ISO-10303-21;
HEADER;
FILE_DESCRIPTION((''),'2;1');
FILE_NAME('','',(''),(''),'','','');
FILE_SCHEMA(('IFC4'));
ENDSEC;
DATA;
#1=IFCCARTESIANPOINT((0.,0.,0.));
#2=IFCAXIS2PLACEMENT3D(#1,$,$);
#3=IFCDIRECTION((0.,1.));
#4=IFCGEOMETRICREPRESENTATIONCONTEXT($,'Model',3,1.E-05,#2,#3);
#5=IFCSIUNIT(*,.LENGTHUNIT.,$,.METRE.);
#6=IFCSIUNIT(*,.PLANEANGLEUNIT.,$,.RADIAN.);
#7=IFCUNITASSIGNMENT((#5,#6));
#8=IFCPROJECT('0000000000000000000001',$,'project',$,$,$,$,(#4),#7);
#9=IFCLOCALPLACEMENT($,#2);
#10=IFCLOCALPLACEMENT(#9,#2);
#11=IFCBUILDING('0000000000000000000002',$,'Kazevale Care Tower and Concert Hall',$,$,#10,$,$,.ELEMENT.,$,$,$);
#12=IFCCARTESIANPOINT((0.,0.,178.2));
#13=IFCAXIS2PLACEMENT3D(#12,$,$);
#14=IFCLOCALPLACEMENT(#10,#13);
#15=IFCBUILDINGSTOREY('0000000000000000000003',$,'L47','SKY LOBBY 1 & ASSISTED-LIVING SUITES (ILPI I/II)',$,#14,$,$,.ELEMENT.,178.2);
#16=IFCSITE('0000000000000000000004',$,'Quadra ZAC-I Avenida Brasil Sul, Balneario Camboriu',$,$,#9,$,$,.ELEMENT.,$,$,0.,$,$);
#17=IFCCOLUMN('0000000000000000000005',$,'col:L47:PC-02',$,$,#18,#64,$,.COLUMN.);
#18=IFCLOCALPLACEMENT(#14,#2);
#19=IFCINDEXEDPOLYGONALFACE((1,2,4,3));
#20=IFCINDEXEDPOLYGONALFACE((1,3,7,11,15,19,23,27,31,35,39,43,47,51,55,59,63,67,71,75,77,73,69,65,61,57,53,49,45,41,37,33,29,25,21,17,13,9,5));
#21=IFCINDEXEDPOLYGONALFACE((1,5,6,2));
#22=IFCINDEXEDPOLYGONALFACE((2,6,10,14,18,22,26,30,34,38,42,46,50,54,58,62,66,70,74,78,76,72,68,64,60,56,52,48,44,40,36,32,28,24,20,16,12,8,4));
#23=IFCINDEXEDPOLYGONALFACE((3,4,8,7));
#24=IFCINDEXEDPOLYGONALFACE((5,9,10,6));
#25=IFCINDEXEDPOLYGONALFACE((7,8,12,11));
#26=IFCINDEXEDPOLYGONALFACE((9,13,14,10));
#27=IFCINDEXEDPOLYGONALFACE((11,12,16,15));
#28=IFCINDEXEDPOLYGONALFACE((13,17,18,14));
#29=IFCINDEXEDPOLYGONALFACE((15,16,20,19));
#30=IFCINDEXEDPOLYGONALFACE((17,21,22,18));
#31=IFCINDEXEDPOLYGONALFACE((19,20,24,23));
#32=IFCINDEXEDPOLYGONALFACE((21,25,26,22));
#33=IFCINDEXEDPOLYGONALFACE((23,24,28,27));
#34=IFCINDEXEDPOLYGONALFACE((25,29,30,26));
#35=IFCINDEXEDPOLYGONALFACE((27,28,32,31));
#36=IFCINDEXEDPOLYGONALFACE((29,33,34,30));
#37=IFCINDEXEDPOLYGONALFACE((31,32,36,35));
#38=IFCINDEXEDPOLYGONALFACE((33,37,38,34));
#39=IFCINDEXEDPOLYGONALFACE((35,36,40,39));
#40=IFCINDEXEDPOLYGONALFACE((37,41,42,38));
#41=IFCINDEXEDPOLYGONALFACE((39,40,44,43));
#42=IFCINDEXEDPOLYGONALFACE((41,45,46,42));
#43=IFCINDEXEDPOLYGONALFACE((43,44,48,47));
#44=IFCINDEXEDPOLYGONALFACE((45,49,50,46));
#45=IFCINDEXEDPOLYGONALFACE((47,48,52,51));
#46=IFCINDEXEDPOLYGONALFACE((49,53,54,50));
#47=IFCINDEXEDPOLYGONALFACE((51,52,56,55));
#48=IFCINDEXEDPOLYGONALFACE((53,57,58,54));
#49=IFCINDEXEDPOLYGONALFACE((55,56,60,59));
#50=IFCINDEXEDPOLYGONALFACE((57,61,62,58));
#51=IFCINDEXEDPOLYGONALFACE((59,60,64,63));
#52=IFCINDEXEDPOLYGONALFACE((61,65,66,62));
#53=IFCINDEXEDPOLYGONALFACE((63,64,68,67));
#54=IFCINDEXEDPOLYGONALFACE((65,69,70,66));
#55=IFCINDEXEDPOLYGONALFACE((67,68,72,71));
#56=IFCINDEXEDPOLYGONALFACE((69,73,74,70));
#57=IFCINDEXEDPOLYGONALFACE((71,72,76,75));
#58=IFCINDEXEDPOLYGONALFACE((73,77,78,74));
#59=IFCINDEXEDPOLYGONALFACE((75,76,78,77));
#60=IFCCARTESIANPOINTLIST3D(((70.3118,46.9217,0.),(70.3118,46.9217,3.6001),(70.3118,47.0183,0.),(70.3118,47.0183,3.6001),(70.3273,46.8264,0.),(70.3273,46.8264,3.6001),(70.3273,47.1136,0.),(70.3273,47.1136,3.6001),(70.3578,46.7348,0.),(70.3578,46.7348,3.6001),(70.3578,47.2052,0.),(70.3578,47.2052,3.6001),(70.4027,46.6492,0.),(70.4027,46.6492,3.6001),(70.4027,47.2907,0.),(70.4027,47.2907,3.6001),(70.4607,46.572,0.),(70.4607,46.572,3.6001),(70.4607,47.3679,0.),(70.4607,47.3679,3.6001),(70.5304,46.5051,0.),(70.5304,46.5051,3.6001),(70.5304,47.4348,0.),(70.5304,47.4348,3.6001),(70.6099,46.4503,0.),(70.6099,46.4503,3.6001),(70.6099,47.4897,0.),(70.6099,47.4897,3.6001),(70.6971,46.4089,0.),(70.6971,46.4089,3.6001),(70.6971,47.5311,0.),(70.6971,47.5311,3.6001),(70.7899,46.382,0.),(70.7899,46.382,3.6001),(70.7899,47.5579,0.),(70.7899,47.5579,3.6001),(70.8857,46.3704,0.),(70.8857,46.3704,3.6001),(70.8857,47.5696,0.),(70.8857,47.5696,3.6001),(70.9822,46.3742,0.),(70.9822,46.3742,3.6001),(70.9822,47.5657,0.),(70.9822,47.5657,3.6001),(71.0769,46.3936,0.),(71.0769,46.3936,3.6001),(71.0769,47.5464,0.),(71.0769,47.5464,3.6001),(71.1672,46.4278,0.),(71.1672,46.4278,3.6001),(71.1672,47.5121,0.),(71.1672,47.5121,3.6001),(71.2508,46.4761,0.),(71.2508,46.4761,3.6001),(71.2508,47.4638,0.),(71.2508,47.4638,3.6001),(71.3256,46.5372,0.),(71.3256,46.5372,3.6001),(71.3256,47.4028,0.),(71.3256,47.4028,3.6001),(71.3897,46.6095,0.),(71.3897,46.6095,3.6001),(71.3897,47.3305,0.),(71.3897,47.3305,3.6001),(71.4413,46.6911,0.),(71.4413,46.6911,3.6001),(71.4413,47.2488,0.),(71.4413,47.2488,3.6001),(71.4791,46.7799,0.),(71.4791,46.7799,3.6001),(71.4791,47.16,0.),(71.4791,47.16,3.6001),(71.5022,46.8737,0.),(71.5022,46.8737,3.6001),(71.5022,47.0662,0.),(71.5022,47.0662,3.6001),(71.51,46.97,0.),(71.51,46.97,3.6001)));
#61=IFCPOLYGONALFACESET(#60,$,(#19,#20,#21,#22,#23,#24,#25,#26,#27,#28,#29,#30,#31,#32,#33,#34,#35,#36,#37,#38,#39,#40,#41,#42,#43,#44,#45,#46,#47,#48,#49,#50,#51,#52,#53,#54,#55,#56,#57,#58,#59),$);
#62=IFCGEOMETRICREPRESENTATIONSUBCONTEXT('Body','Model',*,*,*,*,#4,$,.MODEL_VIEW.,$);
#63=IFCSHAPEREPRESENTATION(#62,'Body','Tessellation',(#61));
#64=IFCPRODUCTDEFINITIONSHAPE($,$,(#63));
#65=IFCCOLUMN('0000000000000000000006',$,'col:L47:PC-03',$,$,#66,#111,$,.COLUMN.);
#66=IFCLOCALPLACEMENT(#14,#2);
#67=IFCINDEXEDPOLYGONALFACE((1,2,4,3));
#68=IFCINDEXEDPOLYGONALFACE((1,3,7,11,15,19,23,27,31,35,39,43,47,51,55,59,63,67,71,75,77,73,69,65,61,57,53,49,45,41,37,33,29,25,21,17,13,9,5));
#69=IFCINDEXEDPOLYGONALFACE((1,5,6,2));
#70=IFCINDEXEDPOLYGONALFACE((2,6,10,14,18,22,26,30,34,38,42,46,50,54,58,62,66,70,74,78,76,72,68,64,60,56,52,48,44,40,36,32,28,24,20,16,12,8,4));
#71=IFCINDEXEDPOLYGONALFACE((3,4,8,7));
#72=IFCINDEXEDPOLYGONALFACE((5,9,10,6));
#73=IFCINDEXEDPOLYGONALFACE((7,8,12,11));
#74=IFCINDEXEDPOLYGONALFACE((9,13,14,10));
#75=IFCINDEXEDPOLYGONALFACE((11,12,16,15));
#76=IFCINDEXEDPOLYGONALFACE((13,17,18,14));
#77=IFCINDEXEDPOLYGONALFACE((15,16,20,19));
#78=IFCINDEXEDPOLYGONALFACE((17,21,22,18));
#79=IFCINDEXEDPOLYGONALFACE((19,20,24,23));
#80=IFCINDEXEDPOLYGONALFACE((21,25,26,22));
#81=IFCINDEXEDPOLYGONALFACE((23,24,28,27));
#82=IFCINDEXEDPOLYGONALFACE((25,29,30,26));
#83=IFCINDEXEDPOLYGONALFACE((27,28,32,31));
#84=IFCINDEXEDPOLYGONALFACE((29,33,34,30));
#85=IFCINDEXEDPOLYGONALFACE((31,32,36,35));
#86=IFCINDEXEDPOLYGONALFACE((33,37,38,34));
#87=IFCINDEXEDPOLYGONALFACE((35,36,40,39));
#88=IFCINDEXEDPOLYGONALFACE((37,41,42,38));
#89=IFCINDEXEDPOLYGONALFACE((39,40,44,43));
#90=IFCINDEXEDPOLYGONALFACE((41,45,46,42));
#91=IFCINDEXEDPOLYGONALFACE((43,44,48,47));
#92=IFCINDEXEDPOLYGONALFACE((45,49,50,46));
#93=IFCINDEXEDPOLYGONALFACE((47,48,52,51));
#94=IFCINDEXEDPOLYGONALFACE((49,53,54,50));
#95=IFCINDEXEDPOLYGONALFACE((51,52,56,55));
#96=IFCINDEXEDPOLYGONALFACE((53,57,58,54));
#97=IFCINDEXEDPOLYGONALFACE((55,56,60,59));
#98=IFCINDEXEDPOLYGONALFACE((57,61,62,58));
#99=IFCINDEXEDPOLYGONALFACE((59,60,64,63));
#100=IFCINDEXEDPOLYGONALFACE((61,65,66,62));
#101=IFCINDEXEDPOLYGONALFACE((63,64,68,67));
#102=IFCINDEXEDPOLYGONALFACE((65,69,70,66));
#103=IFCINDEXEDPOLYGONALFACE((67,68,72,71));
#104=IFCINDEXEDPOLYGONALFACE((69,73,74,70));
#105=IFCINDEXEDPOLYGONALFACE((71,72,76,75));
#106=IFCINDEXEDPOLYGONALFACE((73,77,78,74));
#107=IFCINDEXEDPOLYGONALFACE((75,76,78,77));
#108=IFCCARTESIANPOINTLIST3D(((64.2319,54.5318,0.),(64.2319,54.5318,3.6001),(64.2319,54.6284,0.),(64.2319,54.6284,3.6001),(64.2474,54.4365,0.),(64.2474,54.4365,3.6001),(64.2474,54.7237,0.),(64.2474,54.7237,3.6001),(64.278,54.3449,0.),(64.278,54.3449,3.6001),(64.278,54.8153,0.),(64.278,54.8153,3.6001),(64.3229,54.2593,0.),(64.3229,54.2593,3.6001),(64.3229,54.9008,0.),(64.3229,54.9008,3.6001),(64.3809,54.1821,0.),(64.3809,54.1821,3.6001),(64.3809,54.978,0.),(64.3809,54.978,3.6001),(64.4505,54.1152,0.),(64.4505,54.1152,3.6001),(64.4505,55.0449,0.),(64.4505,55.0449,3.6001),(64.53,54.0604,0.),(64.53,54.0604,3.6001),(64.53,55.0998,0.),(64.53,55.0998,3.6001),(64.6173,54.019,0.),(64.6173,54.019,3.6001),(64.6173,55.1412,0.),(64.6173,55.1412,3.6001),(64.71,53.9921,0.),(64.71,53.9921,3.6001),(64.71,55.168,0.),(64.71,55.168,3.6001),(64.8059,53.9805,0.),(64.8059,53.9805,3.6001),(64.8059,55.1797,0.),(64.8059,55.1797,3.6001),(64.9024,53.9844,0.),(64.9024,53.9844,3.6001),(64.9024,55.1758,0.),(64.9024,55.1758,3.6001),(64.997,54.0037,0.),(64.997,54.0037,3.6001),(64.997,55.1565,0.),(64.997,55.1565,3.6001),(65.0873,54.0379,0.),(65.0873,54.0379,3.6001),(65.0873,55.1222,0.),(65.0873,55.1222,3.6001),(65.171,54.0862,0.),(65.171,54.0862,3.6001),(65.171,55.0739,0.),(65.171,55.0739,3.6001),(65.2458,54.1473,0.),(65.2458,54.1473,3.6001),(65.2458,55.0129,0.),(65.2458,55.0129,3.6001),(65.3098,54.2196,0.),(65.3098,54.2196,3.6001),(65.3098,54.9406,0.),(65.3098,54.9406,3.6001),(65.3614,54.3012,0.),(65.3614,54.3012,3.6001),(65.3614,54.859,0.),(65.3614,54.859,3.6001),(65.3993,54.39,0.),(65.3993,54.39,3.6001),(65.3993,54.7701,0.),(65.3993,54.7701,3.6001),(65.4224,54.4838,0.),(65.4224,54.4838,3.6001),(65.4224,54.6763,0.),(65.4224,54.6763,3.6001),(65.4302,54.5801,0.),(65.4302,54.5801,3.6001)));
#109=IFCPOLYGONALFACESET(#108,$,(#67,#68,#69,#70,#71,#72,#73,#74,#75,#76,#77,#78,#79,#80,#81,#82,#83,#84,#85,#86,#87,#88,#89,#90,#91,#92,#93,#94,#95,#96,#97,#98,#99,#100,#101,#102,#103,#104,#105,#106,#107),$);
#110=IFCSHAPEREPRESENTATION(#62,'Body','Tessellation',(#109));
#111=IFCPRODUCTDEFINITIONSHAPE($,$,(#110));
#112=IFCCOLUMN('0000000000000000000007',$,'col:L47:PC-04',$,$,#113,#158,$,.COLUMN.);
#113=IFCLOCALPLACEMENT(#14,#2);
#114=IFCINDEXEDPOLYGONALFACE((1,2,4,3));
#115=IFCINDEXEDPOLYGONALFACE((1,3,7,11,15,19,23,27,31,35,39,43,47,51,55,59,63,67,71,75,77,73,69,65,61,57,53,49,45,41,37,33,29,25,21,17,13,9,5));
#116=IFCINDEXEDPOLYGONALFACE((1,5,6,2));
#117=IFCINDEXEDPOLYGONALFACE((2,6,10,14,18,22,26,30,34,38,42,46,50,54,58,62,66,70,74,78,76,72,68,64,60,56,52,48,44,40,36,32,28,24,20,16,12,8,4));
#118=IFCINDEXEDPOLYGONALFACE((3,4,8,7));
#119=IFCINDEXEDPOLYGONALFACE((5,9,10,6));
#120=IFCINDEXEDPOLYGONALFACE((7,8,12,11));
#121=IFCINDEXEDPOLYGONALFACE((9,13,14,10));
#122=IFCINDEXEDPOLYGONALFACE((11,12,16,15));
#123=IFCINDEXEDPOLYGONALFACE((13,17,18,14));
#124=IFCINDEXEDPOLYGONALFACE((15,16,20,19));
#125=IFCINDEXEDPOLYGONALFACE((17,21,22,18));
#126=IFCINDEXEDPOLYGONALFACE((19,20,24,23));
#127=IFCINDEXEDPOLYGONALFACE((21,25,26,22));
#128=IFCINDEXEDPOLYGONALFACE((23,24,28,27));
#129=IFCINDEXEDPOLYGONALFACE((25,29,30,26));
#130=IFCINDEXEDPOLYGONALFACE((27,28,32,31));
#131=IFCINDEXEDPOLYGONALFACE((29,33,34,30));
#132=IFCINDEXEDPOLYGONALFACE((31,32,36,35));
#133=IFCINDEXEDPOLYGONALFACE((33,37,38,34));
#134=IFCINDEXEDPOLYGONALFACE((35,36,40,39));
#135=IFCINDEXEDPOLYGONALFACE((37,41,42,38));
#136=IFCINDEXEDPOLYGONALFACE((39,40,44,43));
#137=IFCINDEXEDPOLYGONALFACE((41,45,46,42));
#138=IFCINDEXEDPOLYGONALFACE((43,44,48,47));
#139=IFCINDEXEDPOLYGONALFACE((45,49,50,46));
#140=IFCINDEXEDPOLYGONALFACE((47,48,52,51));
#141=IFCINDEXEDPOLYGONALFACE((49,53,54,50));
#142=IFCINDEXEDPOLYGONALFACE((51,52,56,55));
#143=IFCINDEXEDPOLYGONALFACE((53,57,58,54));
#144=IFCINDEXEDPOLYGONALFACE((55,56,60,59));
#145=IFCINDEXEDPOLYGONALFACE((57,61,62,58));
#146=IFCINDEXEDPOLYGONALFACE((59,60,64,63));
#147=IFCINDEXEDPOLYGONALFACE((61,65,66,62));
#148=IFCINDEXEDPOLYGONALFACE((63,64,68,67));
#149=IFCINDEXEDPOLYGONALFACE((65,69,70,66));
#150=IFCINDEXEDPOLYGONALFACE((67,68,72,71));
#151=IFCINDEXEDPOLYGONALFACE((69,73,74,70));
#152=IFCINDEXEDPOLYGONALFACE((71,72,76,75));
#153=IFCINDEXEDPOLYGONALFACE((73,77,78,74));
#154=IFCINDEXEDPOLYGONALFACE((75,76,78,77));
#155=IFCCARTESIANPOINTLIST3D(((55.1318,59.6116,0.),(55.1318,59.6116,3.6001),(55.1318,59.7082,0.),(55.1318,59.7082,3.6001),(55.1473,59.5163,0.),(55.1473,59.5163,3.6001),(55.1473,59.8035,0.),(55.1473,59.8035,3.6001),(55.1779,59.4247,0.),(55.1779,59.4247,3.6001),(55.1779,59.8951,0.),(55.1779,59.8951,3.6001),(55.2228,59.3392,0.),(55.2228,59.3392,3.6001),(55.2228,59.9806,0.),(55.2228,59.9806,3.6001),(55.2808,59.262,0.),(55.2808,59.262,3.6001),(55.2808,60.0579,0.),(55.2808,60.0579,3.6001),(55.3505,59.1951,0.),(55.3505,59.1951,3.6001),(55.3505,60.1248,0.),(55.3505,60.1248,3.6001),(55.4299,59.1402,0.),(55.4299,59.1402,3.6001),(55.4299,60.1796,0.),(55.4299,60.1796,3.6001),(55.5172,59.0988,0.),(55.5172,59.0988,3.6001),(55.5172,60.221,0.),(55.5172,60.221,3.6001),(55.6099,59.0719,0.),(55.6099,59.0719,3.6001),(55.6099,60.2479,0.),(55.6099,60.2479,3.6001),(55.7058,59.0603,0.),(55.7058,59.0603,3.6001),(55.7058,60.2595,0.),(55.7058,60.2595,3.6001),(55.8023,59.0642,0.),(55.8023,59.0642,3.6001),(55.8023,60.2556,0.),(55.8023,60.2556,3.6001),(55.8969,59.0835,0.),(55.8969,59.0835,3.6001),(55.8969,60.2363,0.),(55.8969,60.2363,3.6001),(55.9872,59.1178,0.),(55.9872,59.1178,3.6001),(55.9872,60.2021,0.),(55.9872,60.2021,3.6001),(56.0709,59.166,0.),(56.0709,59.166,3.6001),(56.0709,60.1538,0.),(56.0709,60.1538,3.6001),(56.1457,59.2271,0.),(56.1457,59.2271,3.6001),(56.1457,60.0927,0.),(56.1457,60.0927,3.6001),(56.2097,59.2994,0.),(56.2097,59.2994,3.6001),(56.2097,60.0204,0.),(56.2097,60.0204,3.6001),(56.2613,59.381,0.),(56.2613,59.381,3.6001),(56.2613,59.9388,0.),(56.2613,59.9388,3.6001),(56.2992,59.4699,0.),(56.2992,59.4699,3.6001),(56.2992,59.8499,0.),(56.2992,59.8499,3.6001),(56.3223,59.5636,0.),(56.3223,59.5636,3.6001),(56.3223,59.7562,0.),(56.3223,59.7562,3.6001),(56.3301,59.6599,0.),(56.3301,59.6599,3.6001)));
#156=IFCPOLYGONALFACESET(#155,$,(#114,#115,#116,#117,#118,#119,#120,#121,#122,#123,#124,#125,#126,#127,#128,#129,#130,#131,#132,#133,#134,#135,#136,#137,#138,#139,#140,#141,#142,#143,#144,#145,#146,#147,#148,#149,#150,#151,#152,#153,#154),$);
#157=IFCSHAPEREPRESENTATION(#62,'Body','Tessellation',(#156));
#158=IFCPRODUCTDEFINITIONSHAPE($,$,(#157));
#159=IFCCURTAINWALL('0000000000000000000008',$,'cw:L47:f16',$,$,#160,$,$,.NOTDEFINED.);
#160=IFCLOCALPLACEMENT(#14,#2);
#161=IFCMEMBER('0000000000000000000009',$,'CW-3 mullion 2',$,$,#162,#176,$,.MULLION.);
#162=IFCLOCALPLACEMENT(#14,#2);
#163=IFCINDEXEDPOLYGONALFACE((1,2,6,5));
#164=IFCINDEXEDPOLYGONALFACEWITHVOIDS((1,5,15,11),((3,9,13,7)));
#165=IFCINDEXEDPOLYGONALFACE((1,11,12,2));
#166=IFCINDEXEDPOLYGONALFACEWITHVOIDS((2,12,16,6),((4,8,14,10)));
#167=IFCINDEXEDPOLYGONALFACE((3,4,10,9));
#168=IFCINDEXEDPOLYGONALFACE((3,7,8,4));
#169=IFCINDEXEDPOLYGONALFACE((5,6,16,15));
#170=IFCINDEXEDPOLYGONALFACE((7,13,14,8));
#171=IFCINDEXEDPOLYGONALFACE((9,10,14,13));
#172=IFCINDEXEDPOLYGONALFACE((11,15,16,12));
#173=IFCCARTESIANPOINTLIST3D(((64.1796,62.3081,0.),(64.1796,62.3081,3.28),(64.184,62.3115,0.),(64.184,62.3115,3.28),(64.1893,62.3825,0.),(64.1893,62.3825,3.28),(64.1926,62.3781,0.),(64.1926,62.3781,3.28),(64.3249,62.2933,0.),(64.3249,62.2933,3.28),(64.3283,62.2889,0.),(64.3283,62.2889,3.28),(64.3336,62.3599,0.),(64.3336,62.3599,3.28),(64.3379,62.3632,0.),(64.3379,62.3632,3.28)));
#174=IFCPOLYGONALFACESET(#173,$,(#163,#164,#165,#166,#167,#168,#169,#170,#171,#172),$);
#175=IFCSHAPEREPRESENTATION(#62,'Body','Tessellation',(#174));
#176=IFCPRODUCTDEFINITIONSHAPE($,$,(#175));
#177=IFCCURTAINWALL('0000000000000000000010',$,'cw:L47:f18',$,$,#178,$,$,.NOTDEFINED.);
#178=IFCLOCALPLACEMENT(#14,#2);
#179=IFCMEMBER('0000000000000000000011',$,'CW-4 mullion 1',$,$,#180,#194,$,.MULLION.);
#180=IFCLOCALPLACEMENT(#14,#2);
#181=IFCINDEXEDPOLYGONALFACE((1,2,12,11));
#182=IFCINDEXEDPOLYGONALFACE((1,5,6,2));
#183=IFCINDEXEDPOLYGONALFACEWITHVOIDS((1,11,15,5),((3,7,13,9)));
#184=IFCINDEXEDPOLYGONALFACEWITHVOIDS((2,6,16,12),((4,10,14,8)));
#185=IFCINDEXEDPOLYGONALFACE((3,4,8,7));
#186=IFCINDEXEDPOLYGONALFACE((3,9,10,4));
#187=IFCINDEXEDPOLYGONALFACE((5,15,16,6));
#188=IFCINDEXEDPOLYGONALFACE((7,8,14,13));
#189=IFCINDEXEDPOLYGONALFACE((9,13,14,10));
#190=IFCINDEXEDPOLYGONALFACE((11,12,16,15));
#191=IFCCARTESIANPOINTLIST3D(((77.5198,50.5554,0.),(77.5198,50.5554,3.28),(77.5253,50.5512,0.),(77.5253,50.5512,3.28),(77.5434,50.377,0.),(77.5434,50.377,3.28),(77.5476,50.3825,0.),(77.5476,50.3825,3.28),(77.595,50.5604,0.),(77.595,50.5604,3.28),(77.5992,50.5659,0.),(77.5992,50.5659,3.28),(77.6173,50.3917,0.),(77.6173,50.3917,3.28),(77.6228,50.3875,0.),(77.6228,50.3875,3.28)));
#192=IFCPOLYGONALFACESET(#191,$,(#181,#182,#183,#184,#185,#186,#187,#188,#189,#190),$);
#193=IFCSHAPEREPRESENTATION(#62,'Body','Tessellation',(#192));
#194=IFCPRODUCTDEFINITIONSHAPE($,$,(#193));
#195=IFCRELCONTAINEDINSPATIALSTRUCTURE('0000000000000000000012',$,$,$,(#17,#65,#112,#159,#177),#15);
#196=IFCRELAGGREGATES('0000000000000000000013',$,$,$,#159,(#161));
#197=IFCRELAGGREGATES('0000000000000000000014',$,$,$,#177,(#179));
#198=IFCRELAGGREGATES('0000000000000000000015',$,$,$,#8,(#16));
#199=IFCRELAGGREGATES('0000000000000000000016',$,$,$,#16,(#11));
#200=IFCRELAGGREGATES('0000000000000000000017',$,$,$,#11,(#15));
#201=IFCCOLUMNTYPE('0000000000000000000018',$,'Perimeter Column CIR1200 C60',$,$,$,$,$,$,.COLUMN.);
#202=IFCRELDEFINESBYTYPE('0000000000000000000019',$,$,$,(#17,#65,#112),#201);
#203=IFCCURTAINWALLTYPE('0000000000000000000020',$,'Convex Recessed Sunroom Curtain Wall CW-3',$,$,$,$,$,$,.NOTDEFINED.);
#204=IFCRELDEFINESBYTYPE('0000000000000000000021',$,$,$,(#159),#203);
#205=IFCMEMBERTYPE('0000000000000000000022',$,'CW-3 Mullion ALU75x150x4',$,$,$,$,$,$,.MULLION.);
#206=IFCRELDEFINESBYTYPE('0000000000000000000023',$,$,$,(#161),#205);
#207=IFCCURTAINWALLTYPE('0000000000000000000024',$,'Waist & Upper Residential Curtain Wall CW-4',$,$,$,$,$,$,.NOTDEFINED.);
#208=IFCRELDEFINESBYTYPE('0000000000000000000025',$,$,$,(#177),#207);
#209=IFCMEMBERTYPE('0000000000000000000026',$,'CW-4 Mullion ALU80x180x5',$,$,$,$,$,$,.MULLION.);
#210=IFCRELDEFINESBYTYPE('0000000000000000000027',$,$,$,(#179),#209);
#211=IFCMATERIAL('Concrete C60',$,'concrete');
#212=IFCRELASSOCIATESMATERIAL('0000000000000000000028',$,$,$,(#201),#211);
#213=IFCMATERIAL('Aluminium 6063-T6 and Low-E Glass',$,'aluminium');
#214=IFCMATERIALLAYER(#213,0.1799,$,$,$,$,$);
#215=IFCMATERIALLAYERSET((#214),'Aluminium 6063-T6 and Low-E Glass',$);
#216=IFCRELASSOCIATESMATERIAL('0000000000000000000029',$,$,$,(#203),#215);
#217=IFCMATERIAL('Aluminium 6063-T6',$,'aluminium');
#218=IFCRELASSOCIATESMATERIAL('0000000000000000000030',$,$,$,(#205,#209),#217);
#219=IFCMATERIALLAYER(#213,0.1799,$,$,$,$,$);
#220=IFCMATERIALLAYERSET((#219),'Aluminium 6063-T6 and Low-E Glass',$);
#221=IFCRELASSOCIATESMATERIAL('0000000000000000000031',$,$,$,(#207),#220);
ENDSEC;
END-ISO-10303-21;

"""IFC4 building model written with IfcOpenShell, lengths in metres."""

from ifc_helpers import new_model, si_unit, direction, frame, origin, origin_2d, place, context, subcontext, project, spatial, hollow_rectangle, circle, extrude, material, layer, layer_set, material_profile, profile_set, type_object, element, aggregate, save


model = new_model("IFC4")

# Units and contexts
model_context = context("Model", 3, precision=1e-05, world=origin(), true_north=direction((0.0, 1.0)))
body_context = subcontext(model_context, "Body", "Model", "MODEL_VIEW")
ifc_project = project(units=[si_unit("LENGTHUNIT", "METRE"), si_unit("PLANEANGLEUNIT", "RADIAN")], contexts=[model_context])

# Site, building, storey
site_placement = place(None, origin())
site = spatial("IfcSite", under=ifc_project, at=site_placement, Name="Quadra ZAC-I Avenida Brasil Sul, Balneario Camboriu", CompositionType="ELEMENT", RefElevation=0.0)
building_placement = place(site_placement, origin())
building = spatial("IfcBuilding", under=site, at=building_placement, Name="Kazevale Care Tower and Concert Hall", CompositionType="ELEMENT")
storey_placement = place(building_placement, frame((0.0, 0.0, 178.2)))
storey = spatial("IfcBuildingStorey", under=building, at=storey_placement, Name="L47", Description="SKY LOBBY 1 & ASSISTED-LIVING SUITES (ILPI I/II)", CompositionType="ELEMENT", Elevation=178.2)

# Columns
ifc_material_1 = material(Name="Concrete C60", Category="concrete")
ifc_material_profile_1 = material_profile(ifc_material_1, circle(Radius=0.6001, at=origin_2d()), Name="RC-CIR1200")
ifc_profile_set_1 = profile_set([ifc_material_profile_1], Name="Concrete C60")
column_type = type_object("IfcColumnType", Name="Perimeter Column CIR1200 C60", PredefinedType="COLUMN", material=ifc_profile_set_1)
for number, where, z_axis, x_axis, name in (
    (1, (70.9099, 46.97, 0.0), (0.0, 0.0, 1.0), (1.0, 0.0, 0.0), "col:L47:PC-02"),
    (2, (64.8301, 54.5801, 0.0), (0.0, 0.0, 1.0), (1.0, 0.0, 0.0), "col:L47:PC-03"),
    (3, (55.73, 59.6599, 0.0), (0.0, 0.0, 1.0), (1.0, 0.0, 0.0), "col:L47:PC-04"),
):
    element("IfcColumn", number, at=place(storey_placement, frame(where, z_axis=z_axis, x_axis=x_axis)), inside=storey, type_object=column_type, Name=name, PredefinedType="COLUMN", context=body_context, shape_type="SweptSolid", body=[
        extrude(circle(Radius=0.6001, at=origin_2d()), origin(), (0.0, 0.0, 1.0), 3.6001),
    ])

# Curtain wall, member
ifc_material_2 = material(Name="Aluminium 6063-T6 and Low-E Glass", Category="aluminium")
ifc_layer_1 = layer(ifc_material_2, 0.1799)
ifc_layer_set_1 = layer_set([ifc_layer_1], Name="Aluminium 6063-T6 and Low-E Glass")
curtain_wall_type_1 = type_object("IfcCurtainWallType", Name="Convex Recessed Sunroom Curtain Wall CW-3", PredefinedType="NOTDEFINED", material=ifc_layer_set_1)
curtain_wall_1_placement = place(storey_placement, origin())
curtain_wall_1 = element("IfcCurtainWall", 4, at=curtain_wall_1_placement, inside=storey, type_object=curtain_wall_type_1, Name="cw:L47:f16", PredefinedType="NOTDEFINED")
ifc_material_3 = material(Name="Aluminium 6063-T6", Category="aluminium")
ifc_material_profile_2 = material_profile(ifc_material_3, hollow_rectangle(XDim=0.075, YDim=0.1499, WallThickness=0.0039, at=origin_2d()), Name="ALU75x150x4")
ifc_profile_set_2 = profile_set([ifc_material_profile_2], Name="Aluminium 6063-T6")
member_type_1 = type_object("IfcMemberType", Name="CW-3 Mullion ALU75x150x4", PredefinedType="MULLION", material=ifc_profile_set_2)
member_1_placement = place(storey_placement, frame((64.2588, 62.3357, 0.0), z_axis=(0.0, 0.0, 1.0), x_axis=(0.1283, 0.991735, 0.0)))
member_1 = element("IfcMember", 5, at=member_1_placement, type_object=member_type_1, Name="CW-3 mullion 2", PredefinedType="MULLION", context=body_context, shape_type="SweptSolid", body=[
    extrude(hollow_rectangle(XDim=0.075, YDim=0.1499, WallThickness=0.0039, at=origin_2d()), origin(), (0.0, 0.0, 1.0), 3.28),
])
aggregate(curtain_wall_1, [member_1])

# Curtain wall, member
ifc_layer_2 = layer(ifc_material_2, 0.1799)
ifc_layer_set_2 = layer_set([ifc_layer_2], Name="Aluminium 6063-T6 and Low-E Glass")
curtain_wall_type_2 = type_object("IfcCurtainWallType", Name="Waist & Upper Residential Curtain Wall CW-4", PredefinedType="NOTDEFINED", material=ifc_layer_set_2)
curtain_wall_2_placement = place(storey_placement, origin())
curtain_wall_2 = element("IfcCurtainWall", 6, at=curtain_wall_2_placement, inside=storey, type_object=curtain_wall_type_2, Name="cw:L47:f18", PredefinedType="NOTDEFINED")
ifc_material_profile_3 = material_profile(ifc_material_3, hollow_rectangle(XDim=0.0801, YDim=0.1799, WallThickness=0.0049, at=origin_2d()), Name="ALU80x180x5")
ifc_profile_set_3 = profile_set([ifc_material_profile_3], Name="Aluminium 6063-T6")
member_type_2 = type_object("IfcMemberType", Name="CW-4 Mullion ALU80x180x5", PredefinedType="MULLION", material=ifc_profile_set_3)
member_2_placement = place(storey_placement, frame((77.5713, 50.4714, 0.0), z_axis=(0.0, 0.0, 1.0), x_axis=(0.991374, 0.131063, 0.0)))
member_2 = element("IfcMember", 7, at=member_2_placement, type_object=member_type_2, Name="CW-4 mullion 1", PredefinedType="MULLION", context=body_context, shape_type="SweptSolid", body=[
    extrude(hollow_rectangle(XDim=0.0801, YDim=0.1799, WallThickness=0.0049, at=origin_2d()), origin(), (0.0, 0.0, 1.0), 3.28),
])

aggregate(curtain_wall_2, [member_2])

save(model, "model.ifc")
